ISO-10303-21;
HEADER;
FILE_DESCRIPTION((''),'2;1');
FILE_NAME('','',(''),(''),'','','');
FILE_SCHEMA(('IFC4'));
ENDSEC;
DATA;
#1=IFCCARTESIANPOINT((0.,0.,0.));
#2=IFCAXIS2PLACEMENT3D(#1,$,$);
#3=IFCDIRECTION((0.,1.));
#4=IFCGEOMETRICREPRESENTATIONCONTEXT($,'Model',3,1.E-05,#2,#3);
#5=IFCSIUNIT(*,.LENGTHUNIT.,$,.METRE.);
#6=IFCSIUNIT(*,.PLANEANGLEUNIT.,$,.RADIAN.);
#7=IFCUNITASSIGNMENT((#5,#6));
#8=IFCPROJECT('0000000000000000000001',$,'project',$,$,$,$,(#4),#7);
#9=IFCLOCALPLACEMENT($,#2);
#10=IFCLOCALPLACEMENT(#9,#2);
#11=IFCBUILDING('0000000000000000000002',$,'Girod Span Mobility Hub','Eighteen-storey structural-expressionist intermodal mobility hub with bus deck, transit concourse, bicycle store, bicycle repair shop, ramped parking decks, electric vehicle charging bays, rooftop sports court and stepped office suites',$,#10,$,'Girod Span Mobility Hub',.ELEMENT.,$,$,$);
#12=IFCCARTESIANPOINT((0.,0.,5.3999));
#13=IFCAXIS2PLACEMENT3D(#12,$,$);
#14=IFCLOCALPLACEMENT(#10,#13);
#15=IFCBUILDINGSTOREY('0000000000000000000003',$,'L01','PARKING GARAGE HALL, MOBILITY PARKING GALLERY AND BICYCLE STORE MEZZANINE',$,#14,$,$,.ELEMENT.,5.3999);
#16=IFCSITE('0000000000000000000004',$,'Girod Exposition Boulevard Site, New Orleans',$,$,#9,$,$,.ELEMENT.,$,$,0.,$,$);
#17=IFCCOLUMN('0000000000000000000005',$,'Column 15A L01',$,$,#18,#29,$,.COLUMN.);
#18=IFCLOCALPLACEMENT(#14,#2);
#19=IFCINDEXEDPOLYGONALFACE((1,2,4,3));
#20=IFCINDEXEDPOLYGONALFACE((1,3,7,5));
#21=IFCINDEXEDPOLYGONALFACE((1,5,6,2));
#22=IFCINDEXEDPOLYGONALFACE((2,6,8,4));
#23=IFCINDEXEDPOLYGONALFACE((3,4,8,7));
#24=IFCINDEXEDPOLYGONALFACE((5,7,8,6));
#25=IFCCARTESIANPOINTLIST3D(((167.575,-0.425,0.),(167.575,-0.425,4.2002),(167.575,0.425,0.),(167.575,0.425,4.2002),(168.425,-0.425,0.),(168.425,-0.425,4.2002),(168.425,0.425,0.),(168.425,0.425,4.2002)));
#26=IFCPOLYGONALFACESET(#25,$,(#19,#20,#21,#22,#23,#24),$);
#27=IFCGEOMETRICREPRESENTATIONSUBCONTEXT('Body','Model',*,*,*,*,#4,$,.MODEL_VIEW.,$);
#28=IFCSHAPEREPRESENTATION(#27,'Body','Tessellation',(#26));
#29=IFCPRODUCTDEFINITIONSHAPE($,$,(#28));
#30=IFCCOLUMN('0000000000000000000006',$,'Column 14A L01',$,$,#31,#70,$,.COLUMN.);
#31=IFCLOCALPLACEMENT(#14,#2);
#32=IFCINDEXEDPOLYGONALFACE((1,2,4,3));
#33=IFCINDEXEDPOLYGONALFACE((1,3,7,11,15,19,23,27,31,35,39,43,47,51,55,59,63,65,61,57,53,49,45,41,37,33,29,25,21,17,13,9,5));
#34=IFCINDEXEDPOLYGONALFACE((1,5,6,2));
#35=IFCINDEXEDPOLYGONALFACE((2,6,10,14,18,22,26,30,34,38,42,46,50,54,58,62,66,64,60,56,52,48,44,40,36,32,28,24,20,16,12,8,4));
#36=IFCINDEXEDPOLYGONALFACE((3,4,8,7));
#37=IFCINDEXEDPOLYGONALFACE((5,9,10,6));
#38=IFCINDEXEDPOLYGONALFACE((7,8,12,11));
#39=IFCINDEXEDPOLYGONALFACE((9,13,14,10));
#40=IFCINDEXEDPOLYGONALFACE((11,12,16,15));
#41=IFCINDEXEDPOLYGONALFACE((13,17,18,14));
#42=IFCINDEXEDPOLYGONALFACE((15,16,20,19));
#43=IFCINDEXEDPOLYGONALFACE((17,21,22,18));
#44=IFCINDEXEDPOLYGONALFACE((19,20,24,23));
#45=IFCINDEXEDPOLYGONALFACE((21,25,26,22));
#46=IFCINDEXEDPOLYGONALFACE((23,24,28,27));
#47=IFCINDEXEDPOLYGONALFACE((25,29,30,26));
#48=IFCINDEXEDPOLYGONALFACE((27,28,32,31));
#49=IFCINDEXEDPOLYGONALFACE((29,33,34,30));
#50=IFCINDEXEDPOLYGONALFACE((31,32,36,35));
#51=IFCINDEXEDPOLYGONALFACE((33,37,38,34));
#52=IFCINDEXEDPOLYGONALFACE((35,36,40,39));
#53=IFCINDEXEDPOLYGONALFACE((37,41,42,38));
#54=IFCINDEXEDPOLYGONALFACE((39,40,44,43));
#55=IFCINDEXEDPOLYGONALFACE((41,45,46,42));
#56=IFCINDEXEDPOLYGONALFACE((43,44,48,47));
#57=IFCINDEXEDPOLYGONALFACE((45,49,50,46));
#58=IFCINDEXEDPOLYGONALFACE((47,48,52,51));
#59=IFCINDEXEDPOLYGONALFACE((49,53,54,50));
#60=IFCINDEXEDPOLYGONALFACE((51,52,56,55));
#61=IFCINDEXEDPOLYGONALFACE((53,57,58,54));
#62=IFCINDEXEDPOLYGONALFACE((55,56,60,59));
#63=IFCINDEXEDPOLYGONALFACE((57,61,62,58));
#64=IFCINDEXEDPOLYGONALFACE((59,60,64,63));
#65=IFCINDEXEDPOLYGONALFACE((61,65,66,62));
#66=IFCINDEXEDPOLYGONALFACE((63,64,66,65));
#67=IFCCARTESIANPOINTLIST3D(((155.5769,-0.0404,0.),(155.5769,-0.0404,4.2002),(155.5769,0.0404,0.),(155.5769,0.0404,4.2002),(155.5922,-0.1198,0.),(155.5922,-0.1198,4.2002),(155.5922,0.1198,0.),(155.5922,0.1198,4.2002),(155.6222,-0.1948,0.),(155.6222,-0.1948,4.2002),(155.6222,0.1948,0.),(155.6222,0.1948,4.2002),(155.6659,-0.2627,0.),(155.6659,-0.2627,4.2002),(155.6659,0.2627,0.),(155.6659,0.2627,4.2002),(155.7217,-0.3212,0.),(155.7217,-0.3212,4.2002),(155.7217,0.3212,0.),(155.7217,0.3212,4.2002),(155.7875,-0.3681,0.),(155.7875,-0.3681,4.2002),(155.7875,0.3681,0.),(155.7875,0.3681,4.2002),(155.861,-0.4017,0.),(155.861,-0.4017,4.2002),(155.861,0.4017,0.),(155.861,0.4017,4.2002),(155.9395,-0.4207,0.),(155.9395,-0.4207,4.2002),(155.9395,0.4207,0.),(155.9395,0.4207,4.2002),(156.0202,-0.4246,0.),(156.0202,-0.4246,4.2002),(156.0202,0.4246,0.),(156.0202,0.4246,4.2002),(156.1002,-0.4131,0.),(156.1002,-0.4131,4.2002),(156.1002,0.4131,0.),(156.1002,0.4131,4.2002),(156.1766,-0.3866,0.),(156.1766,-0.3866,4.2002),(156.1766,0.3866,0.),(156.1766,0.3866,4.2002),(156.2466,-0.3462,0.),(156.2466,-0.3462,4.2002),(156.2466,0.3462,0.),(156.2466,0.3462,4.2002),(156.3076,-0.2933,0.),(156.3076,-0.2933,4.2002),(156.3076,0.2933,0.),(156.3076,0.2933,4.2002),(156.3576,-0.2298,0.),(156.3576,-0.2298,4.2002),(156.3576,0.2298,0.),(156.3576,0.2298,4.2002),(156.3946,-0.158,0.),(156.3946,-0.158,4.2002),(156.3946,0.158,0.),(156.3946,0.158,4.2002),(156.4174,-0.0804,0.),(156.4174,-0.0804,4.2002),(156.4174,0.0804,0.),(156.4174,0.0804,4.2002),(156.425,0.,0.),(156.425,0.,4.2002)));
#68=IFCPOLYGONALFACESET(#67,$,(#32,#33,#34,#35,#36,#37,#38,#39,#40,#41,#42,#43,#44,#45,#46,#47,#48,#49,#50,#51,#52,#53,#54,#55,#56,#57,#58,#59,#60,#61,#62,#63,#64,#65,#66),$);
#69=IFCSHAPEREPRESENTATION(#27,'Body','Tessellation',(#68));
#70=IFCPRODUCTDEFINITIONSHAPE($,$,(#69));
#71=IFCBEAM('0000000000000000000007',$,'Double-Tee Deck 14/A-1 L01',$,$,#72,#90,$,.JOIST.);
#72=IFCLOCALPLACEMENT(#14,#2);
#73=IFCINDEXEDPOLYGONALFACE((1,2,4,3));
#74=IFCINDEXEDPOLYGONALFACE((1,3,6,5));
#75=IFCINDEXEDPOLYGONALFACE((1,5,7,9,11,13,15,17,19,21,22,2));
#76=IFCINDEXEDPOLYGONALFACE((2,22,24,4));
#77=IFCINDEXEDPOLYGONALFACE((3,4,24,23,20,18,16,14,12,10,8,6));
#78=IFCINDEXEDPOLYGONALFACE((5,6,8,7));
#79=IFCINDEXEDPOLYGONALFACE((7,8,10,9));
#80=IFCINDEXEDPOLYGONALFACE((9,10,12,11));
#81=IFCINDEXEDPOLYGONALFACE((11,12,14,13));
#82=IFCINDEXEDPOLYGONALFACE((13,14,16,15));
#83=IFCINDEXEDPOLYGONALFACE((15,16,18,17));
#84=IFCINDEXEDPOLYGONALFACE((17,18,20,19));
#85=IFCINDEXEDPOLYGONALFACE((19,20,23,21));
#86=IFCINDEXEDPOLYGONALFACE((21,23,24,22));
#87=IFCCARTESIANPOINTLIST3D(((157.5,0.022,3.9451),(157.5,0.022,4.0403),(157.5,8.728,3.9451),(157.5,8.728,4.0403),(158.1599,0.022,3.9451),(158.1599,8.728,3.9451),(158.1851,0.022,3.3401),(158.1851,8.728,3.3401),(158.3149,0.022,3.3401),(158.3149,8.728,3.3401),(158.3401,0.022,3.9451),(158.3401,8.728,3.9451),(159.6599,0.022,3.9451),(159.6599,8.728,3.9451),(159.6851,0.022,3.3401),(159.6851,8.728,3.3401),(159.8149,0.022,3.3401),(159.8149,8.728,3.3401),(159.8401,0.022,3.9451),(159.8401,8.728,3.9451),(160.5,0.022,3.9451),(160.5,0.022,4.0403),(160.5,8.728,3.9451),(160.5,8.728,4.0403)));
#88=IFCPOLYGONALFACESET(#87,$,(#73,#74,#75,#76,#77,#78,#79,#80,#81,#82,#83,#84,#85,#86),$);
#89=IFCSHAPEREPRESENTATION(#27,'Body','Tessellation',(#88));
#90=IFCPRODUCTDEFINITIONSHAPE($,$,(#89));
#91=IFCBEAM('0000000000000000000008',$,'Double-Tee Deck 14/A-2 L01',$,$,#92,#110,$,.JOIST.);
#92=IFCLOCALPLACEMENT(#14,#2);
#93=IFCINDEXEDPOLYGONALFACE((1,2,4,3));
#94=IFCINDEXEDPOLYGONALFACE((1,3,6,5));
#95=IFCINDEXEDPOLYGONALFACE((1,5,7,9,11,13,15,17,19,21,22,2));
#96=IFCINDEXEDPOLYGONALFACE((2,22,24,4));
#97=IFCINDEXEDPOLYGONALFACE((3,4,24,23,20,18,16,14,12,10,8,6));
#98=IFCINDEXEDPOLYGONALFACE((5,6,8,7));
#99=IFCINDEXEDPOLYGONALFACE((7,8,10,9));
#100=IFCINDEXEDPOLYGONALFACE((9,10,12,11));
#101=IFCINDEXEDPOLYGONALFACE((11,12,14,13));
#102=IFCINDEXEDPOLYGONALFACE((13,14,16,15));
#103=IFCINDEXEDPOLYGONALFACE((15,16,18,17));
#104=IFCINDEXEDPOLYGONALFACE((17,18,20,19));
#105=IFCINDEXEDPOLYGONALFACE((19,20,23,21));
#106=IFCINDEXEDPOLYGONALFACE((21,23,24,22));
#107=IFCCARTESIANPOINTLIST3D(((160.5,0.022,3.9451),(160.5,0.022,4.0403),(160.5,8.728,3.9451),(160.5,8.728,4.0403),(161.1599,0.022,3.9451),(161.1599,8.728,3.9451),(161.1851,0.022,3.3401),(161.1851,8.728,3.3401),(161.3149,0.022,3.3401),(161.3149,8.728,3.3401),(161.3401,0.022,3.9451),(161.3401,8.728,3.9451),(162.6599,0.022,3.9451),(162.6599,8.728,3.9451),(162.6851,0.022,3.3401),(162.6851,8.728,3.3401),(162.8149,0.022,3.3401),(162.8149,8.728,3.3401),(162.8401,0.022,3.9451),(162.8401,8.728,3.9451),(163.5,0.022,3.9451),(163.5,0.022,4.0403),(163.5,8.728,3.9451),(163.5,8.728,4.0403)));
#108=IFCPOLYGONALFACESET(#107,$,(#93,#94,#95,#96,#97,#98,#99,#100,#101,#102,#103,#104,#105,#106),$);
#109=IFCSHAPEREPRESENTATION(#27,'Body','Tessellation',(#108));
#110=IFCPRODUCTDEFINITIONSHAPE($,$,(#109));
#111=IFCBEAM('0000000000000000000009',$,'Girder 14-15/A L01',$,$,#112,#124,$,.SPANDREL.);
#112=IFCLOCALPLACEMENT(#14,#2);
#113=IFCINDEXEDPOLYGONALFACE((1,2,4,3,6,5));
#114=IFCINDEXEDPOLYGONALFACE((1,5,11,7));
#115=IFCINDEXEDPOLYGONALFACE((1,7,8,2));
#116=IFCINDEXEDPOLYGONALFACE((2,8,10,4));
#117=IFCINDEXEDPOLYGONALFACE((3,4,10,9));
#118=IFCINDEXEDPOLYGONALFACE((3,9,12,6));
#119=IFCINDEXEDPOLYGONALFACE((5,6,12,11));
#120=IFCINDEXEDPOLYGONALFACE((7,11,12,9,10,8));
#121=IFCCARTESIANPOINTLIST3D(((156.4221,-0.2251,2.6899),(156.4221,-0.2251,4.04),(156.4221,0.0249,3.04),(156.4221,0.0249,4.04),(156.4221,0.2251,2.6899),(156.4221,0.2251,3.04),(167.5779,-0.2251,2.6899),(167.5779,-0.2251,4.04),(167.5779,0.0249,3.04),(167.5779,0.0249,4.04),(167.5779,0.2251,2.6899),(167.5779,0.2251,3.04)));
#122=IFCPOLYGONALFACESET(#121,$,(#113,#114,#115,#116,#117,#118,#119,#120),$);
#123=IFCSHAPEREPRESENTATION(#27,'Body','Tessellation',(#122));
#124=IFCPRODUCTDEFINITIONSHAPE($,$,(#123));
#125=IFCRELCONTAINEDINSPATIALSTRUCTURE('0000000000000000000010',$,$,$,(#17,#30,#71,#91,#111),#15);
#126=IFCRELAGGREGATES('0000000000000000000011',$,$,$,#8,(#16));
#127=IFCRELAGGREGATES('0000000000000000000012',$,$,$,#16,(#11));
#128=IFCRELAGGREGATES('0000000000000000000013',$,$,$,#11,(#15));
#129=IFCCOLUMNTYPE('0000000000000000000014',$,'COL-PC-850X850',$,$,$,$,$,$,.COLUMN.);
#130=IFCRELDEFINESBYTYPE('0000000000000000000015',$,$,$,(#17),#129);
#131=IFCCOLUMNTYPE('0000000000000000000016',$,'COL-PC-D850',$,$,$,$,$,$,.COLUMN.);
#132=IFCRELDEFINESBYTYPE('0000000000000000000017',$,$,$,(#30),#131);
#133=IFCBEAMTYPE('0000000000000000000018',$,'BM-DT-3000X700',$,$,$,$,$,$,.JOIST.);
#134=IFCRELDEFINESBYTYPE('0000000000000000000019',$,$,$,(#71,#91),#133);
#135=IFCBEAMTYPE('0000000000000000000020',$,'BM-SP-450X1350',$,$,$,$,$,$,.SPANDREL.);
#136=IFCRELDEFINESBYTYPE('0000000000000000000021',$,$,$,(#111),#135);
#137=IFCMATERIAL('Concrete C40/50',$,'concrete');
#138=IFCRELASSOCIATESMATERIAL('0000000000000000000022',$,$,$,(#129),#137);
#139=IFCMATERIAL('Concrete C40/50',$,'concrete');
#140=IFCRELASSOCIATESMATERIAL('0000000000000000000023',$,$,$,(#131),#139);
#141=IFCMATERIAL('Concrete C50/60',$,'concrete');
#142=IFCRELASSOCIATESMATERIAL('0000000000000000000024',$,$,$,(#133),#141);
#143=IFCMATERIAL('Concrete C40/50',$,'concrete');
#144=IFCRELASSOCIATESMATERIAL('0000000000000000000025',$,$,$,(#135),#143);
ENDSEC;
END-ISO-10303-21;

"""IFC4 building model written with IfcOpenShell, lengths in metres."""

from ifc_helpers import new_model, si_unit, direction, frame, origin, origin_2d, place, context, subcontext, project, spatial, polyline, rectangle, circle, outline, extrude, material, material_profile, profile_set, type_object, element, save


model = new_model("IFC4")

# Units and contexts
model_context = context("Model", 3, precision=1e-05, world=origin(), true_north=direction((0.0, 1.0)))
body_context = subcontext(model_context, "Body", "Model", "MODEL_VIEW")
ifc_project = project(units=[si_unit("LENGTHUNIT", "METRE"), si_unit("PLANEANGLEUNIT", "RADIAN")], contexts=[model_context])

# Site, building, storey
site_placement = place(None, origin())
site = spatial("IfcSite", under=ifc_project, at=site_placement, Name="Girod Exposition Boulevard Site, New Orleans", CompositionType="ELEMENT", RefElevation=0.0)
building_placement = place(site_placement, origin())
building = spatial("IfcBuilding", under=site, at=building_placement, Name="Girod Span Mobility Hub", Description="Eighteen-storey structural-expressionist intermodal mobility hub with bus deck, transit concourse, bicycle store, bicycle repair shop, ramped parking decks, electric vehicle charging bays, rooftop sports court and stepped office suites", LongName="Girod Span Mobility Hub", CompositionType="ELEMENT")
storey_placement = place(building_placement, frame((0.0, 0.0, 5.3999)))
storey = spatial("IfcBuildingStorey", under=building, at=storey_placement, Name="L01", Description="PARKING GARAGE HALL, MOBILITY PARKING GALLERY AND BICYCLE STORE MEZZANINE", CompositionType="ELEMENT", Elevation=5.3999)

# Columns
ifc_material_1 = material(Name="Concrete C40/50", Category="concrete")
ifc_material_profile_1 = material_profile(ifc_material_1, rectangle(XDim=0.8501, YDim=0.8501, at=origin_2d()), Name="PC-COL-850X850")
ifc_profile_set_1 = profile_set([ifc_material_profile_1], Name="Concrete C40/50")
column_type_1 = type_object("IfcColumnType", Name="COL-PC-850X850", PredefinedType="COLUMN", material=ifc_profile_set_1)
column_1_placement = place(storey_placement, frame((168.0, 0.0, 0.0), z_axis=(0.0, 0.0, 1.0), x_axis=(1.0, 0.0, 0.0)))
element("IfcColumn", 1, at=column_1_placement, inside=storey, type_object=column_type_1, Name="Column 15A L01", PredefinedType="COLUMN", context=body_context, shape_type="SweptSolid", body=[
    extrude(rectangle(XDim=0.8501, YDim=0.8501, at=origin_2d()), origin(), (0.0, 0.0, 1.0), 4.2002),
])
ifc_material_2 = material(Name="Concrete C40/50", Category="concrete")
ifc_material_profile_2 = material_profile(ifc_material_2, circle(Radius=0.425, at=origin_2d()), Name="PC-CIR-D850")
ifc_profile_set_2 = profile_set([ifc_material_profile_2], Name="Concrete C40/50")
column_type_2 = type_object("IfcColumnType", Name="COL-PC-D850", PredefinedType="COLUMN", material=ifc_profile_set_2)
column_2_placement = place(storey_placement, frame((156.0, 0.0, 0.0), z_axis=(0.0, 0.0, 1.0), x_axis=(1.0, 0.0, 0.0)))
element("IfcColumn", 2, at=column_2_placement, inside=storey, type_object=column_type_2, Name="Column 14A L01", PredefinedType="COLUMN", context=body_context, shape_type="SweptSolid", body=[
    extrude(circle(Radius=0.425, at=origin_2d()), origin(), (0.0, 0.0, 1.0), 4.2002),
])

# Beams
ifc_material_3 = material(Name="Concrete C50/60", Category="concrete")
ifc_material_profile_3 = material_profile(ifc_material_3, outline(polyline([(-1.5, 0.3501), (-1.5, 0.2549), (-0.8401, 0.2549), (-0.8149, -0.3501), (-0.6851, -0.3501), (-0.6599, 0.2549), (0.6599, 0.2549), (0.6851, -0.3501), (0.8149, -0.3501), (0.8401, 0.2549), (1.5, 0.2549), (1.5, 0.3501), (-1.5, 0.3501)])), Name="DT-3000X700")
ifc_profile_set_3 = profile_set([ifc_material_profile_3], Name="Concrete C50/60")
beam_type_1 = type_object("IfcBeamType", Name="BM-DT-3000X700", PredefinedType="JOIST", material=ifc_profile_set_3)
for number, where, z_axis, x_axis, name in (
    (3, (159.0, 0.022, 3.6902), (0.0, 1.0, 0.0), (-1.0, 0.0, 0.0), "Double-Tee Deck 14/A-1 L01"),
    (4, (162.0, 0.022, 3.6902), (0.0, 1.0, 0.0), (-1.0, 0.0, 0.0), "Double-Tee Deck 14/A-2 L01"),
):
    element("IfcBeam", number, at=place(storey_placement, frame(where, z_axis=z_axis, x_axis=x_axis)), inside=storey, type_object=beam_type_1, Name=name, PredefinedType="JOIST", context=body_context, shape_type="SweptSolid", body=[
        extrude(outline(polyline([(-1.5, 0.3501), (-1.5, 0.2549), (-0.8401, 0.2549), (-0.8149, -0.3501), (-0.6851, -0.3501), (-0.6599, 0.2549), (0.6599, 0.2549), (0.6851, -0.3501), (0.8149, -0.3501), (0.8401, 0.2549), (1.5, 0.2549), (1.5, 0.3501), (-1.5, 0.3501)])), origin(), (0.0, 0.0, 1.0), 8.7061),
    ])
ifc_material_4 = material(Name="Concrete C40/50", Category="concrete")
ifc_material_profile_4 = material_profile(ifc_material_4, outline(polyline([(-0.2251, -0.675), (0.2251, -0.675), (0.2251, -0.325), (0.0249, -0.325), (0.0249, 0.675), (-0.2251, 0.675), (-0.2251, -0.675)])), Name="SP-450X1350")
ifc_profile_set_4 = profile_set([ifc_material_profile_4], Name="Concrete C40/50")
beam_type_2 = type_object("IfcBeamType", Name="BM-SP-450X1350", PredefinedType="SPANDREL", material=ifc_profile_set_4)
beam_placement = place(storey_placement, frame((156.4221, 0.0, 3.365), z_axis=(1.0, 0.0, 0.0), x_axis=(0.0, 1.0, 0.0)))
element("IfcBeam", 5, at=beam_placement, inside=storey, type_object=beam_type_2, Name="Girder 14-15/A L01", PredefinedType="SPANDREL", context=body_context, shape_type="SweptSolid", body=[
    extrude(outline(polyline([(-0.2251, -0.675), (0.2251, -0.675), (0.2251, -0.325), (0.0249, -0.325), (0.0249, 0.675), (-0.2251, 0.675), (-0.2251, -0.675)])), origin(), (0.0, 0.0, 1.0), 11.1558),
])

save(model, "model.ifc")
